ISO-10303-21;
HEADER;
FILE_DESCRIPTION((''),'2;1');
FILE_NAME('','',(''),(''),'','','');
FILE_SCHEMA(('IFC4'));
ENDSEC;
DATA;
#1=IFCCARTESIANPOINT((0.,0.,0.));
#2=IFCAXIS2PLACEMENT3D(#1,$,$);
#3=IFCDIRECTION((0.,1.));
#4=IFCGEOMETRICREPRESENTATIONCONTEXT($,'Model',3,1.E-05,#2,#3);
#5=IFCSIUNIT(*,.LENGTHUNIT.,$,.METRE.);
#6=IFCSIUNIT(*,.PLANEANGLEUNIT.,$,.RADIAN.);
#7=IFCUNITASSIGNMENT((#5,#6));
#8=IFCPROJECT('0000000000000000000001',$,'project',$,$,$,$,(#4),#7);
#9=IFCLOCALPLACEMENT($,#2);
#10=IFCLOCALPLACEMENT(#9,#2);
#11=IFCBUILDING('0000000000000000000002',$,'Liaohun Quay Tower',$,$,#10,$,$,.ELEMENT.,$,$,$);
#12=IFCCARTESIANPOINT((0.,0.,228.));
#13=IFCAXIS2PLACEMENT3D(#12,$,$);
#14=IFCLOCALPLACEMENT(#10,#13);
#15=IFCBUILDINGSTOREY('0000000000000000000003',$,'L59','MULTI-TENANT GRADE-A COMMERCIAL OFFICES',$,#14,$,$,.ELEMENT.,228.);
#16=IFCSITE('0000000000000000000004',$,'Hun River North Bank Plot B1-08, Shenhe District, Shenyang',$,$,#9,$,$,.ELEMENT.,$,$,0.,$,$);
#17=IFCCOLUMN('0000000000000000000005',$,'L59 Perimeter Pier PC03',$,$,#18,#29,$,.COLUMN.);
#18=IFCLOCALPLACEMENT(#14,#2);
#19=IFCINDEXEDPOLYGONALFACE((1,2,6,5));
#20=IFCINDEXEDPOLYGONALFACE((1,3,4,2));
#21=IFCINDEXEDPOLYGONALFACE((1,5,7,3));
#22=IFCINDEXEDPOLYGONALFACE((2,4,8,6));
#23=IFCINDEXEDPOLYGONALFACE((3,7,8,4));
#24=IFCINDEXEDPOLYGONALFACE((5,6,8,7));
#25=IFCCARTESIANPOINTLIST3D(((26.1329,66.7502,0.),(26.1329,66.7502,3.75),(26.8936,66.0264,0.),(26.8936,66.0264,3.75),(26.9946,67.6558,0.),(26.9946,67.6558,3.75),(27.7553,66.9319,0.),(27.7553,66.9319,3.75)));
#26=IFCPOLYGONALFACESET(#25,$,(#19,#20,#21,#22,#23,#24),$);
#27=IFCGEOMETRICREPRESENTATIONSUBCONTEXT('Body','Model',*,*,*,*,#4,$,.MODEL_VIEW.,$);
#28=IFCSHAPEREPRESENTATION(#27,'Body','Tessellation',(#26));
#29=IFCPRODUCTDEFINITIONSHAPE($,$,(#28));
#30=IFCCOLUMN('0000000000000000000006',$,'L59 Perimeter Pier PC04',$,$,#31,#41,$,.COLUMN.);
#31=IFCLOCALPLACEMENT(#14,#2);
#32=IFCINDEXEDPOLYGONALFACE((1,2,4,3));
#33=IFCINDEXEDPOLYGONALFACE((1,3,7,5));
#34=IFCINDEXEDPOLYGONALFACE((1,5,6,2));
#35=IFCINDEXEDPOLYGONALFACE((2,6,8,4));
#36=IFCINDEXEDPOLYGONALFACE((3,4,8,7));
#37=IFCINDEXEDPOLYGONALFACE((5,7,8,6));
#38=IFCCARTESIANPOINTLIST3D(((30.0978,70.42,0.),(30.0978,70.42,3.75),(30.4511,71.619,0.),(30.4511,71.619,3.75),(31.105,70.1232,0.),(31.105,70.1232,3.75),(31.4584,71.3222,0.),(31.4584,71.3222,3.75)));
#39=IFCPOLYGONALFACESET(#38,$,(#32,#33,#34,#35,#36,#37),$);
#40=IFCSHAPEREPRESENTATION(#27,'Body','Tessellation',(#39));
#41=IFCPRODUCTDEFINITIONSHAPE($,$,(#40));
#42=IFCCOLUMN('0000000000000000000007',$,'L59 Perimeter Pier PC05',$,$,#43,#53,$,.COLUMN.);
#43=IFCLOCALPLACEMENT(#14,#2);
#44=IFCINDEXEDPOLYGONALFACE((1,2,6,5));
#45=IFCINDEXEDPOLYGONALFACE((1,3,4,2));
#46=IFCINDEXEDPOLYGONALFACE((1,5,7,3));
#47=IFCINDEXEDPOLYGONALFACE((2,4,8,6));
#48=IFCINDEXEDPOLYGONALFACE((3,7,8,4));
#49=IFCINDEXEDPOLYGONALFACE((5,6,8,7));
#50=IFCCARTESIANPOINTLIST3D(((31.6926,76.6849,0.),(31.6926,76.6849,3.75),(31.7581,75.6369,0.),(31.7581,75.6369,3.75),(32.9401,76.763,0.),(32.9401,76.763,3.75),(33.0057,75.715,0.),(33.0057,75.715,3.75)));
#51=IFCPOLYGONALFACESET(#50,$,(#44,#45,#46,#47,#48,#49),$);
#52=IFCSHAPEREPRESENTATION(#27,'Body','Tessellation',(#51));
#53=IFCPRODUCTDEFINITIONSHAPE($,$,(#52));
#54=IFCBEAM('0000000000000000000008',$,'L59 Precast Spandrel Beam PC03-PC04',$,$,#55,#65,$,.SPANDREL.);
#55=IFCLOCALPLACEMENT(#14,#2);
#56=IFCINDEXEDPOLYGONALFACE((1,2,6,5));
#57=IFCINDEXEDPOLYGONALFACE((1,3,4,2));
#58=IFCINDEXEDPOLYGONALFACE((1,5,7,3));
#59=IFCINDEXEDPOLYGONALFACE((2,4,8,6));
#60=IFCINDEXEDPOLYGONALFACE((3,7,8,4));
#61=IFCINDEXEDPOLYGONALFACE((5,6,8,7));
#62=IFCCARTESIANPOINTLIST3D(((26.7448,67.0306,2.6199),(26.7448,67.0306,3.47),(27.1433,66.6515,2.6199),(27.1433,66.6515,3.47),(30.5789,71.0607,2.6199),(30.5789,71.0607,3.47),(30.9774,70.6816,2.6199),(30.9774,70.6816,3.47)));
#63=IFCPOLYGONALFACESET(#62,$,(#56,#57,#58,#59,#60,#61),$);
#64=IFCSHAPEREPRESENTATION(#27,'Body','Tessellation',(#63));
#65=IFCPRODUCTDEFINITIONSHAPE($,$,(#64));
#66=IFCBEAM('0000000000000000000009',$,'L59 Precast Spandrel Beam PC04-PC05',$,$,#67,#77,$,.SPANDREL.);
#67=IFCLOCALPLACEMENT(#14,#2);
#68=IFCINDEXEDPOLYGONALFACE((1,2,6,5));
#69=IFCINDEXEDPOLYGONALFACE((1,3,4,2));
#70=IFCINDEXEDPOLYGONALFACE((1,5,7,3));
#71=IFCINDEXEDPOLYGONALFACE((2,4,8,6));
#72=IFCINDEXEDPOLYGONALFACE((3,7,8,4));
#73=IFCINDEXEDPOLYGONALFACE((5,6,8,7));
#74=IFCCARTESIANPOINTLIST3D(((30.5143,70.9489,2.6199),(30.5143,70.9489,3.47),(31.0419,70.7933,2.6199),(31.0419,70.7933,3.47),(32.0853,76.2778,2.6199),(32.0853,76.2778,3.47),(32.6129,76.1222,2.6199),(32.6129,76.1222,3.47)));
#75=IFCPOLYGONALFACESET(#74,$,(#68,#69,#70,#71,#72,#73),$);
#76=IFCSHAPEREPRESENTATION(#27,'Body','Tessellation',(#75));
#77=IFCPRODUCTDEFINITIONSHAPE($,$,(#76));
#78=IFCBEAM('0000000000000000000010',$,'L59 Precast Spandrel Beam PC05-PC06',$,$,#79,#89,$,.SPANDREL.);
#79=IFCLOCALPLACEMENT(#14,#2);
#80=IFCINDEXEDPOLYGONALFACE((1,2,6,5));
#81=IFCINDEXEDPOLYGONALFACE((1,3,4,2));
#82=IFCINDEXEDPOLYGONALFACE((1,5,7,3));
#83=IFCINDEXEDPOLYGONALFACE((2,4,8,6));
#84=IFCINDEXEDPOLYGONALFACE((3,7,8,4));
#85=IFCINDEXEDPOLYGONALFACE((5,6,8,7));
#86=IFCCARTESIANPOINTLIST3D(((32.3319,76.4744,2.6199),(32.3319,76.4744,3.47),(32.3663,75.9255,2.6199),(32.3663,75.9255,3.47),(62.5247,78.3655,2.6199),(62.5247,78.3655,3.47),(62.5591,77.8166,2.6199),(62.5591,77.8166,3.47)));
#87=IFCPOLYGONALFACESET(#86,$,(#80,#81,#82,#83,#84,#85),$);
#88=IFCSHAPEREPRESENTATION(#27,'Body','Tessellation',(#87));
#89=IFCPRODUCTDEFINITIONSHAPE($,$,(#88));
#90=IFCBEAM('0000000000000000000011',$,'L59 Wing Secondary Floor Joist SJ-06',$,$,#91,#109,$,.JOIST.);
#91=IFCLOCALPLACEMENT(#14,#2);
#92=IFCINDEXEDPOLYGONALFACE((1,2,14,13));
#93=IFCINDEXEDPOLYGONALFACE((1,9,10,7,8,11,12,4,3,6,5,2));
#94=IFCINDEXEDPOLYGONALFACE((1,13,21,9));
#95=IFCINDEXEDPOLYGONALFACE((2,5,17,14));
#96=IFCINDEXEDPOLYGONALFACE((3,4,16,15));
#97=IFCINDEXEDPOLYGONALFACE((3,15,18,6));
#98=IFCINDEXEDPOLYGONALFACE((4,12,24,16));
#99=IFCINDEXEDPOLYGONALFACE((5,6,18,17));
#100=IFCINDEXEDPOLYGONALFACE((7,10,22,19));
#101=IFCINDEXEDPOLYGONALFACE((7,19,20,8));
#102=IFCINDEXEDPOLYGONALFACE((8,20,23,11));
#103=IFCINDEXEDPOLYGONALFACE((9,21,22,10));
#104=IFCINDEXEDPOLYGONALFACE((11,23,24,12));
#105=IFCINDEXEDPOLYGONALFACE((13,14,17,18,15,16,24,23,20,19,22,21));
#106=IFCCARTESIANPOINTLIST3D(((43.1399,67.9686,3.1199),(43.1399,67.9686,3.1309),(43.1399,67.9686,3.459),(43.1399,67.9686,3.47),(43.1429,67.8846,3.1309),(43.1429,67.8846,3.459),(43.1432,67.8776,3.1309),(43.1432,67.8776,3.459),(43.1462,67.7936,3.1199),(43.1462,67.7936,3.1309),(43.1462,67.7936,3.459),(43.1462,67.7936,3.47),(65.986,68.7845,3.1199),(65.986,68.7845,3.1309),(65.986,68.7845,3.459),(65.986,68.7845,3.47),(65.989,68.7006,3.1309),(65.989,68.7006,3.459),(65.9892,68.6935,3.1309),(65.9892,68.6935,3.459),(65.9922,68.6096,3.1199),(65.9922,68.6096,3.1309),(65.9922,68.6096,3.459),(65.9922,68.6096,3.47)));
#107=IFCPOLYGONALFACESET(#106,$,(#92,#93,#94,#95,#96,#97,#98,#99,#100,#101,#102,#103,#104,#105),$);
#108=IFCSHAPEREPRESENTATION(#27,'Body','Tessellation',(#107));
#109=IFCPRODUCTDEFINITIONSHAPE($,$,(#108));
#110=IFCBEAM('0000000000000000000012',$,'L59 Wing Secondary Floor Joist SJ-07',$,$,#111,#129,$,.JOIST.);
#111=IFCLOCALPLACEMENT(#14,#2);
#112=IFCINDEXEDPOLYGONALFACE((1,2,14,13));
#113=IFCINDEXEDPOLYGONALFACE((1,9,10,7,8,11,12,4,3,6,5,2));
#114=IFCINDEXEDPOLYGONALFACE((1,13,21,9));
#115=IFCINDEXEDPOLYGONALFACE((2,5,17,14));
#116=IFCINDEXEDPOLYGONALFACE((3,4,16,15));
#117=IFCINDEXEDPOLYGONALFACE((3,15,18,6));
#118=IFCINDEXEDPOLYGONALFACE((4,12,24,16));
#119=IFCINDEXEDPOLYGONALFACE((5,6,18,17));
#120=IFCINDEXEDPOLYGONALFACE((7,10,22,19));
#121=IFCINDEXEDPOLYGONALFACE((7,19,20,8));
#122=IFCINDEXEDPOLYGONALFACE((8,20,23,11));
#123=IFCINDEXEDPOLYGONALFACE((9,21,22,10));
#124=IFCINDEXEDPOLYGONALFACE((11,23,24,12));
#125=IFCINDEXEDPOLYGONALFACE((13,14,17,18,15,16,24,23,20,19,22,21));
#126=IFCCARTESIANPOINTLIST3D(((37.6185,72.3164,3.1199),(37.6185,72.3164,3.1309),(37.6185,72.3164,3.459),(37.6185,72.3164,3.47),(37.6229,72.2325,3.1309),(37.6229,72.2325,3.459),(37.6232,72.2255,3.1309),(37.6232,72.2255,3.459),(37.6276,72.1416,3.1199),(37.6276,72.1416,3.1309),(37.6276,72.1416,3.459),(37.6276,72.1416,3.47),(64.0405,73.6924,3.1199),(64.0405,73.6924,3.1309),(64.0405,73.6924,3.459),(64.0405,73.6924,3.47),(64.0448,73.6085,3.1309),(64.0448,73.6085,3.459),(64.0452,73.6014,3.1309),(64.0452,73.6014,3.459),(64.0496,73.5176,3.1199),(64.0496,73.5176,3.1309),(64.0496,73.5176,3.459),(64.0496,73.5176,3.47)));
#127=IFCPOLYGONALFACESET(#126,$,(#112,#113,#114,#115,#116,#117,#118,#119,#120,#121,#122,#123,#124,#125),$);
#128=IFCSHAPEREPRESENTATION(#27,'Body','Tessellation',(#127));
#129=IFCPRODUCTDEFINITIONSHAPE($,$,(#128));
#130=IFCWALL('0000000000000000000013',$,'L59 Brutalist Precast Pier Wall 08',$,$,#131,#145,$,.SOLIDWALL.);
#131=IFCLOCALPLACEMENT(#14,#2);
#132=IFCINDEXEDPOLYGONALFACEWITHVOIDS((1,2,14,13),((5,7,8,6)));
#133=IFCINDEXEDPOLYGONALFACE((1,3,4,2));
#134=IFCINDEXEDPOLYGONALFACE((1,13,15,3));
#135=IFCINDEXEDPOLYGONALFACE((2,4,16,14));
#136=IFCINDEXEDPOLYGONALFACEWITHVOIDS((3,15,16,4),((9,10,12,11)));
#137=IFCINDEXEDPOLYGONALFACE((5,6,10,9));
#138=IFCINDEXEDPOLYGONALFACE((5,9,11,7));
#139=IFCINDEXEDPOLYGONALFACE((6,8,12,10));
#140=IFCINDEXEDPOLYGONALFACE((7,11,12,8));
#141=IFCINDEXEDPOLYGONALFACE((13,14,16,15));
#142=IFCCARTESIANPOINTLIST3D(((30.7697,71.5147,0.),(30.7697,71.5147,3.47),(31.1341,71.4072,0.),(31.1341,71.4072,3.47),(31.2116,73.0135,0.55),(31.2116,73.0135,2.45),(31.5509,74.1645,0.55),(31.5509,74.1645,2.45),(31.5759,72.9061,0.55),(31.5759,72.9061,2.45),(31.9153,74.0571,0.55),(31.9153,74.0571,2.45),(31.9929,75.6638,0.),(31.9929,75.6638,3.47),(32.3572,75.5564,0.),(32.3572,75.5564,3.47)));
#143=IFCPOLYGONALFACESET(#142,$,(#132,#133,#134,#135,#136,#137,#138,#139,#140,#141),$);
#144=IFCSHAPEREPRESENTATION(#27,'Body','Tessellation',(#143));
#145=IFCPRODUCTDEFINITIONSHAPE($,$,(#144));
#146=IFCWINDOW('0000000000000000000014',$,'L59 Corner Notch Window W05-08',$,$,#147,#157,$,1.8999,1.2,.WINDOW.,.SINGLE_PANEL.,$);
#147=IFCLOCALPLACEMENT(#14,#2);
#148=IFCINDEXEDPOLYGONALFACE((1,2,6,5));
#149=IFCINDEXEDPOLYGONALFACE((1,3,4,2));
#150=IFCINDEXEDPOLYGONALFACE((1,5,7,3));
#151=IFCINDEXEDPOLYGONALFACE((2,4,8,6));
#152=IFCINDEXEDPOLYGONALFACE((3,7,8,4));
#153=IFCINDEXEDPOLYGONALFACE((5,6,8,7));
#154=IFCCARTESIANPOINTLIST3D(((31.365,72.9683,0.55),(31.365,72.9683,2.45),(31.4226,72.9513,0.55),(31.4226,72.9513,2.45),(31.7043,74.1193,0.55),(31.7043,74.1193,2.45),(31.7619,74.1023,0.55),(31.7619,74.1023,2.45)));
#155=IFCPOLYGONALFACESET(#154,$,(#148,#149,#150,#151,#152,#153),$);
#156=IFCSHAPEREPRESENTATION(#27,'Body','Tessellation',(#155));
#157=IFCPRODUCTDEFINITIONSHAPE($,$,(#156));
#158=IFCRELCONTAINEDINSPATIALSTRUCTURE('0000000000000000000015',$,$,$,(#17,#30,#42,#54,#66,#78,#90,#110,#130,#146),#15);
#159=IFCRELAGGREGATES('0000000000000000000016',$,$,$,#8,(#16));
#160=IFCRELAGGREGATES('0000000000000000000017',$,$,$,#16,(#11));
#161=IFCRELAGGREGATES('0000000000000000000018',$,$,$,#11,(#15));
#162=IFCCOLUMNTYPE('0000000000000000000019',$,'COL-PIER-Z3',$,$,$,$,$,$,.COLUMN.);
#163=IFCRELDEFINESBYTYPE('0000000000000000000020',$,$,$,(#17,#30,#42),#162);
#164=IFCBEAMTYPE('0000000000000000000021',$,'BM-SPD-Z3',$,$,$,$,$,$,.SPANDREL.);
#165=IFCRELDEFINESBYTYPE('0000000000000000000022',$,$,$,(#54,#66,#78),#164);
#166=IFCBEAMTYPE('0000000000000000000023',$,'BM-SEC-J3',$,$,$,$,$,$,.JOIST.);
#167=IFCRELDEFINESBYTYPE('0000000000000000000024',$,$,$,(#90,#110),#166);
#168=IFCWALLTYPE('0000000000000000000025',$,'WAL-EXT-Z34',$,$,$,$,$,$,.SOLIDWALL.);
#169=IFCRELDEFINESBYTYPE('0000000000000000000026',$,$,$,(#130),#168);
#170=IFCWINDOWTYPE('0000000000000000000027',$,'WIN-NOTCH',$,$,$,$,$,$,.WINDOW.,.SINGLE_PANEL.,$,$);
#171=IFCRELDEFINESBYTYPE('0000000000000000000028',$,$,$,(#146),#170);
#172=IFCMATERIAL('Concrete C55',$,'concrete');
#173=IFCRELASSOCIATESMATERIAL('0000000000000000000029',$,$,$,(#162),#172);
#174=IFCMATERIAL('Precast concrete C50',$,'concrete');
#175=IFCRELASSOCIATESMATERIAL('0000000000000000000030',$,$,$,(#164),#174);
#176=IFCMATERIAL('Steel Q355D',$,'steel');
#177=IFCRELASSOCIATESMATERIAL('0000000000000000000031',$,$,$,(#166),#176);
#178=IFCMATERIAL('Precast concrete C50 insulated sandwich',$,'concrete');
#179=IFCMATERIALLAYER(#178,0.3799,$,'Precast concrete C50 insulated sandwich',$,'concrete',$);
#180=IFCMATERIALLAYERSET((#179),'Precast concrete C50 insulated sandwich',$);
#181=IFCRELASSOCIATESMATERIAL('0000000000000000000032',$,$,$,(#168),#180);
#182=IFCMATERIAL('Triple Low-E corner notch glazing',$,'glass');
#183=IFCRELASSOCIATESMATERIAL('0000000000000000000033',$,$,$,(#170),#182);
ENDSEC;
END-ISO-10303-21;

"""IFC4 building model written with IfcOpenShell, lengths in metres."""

from ifc_helpers import new_model, si_unit, direction, frame, frame_2d, origin, origin_2d, place, context, subcontext, project, spatial, rectangle, i_section, extrude, source, transform, mapped, material, layer, layer_set, material_profile, profile_set, type_object, element, fill, save


model = new_model("IFC4")

# Units and contexts
model_context = context("Model", 3, precision=1e-05, world=origin(), true_north=direction((0.0, 1.0)))
body_context = subcontext(model_context, "Body", "Model", "MODEL_VIEW")
ifc_project = project(units=[si_unit("LENGTHUNIT", "METRE"), si_unit("PLANEANGLEUNIT", "RADIAN")], contexts=[model_context])

# Site, building, storey
site_placement = place(None, origin())
site = spatial("IfcSite", under=ifc_project, at=site_placement, Name="Hun River North Bank Plot B1-08, Shenhe District, Shenyang", CompositionType="ELEMENT", RefElevation=0.0)
building_placement = place(site_placement, origin())
building = spatial("IfcBuilding", under=site, at=building_placement, Name="Liaohun Quay Tower", CompositionType="ELEMENT")
storey_placement = place(building_placement, frame((0.0, 0.0, 228.0)))
storey = spatial("IfcBuildingStorey", under=building, at=storey_placement, Name="L59", Description="MULTI-TENANT GRADE-A COMMERCIAL OFFICES", CompositionType="ELEMENT", Elevation=228.0)

# Columns
ifc_material_1 = material(Name="Concrete C55", Category="concrete")
ifc_material_profile_1 = material_profile(ifc_material_1, rectangle(XDim=1.25, YDim=1.05, at=origin_2d()), Name="RC1250x1050")
ifc_profile_set_1 = profile_set([ifc_material_profile_1], Name="Concrete C55")
column_type = type_object("IfcColumnType", Name="COL-PIER-Z3", PredefinedType="COLUMN", material=ifc_profile_set_1)
shared_shape_1 = source(origin(), body_context, "Body", "SweptSolid", [
    extrude(rectangle(XDim=1.25, YDim=1.05, at=origin_2d()), origin(), (0.0, 0.0, 1.0), 3.75),
])
for number, where, z_axis, x_axis, name in (
    (1, (26.9441, 66.8411, 0.0), (0.0, 0.0, 1.0), (0.689367, 0.724413, 0.0), "L59 Perimeter Pier PC03"),
    (2, (30.7781, 70.8711, 0.0), (0.0, 0.0, 1.0), (0.282676, 0.959215, 0.0), "L59 Perimeter Pier PC04"),
    (3, (32.3491, 76.2, 0.0), (0.0, 0.0, 1.0), (0.998049, 0.062442, 0.0), "L59 Perimeter Pier PC05"),
):
    element("IfcColumn", number, at=place(storey_placement, frame(where, z_axis=z_axis, x_axis=x_axis)), inside=storey, type_object=column_type, Name=name, PredefinedType="COLUMN", context=body_context, shape_type="MappedRepresentation", body=[
        mapped(shared_shape_1, transform((0.0, 0.0, 0.0), x_axis=(1.0, 0.0, 0.0), y_axis=(0.0, 1.0, 0.0), z_axis=(0.0, 0.0, 1.0), scale=1.0)),
    ])

# Beams
ifc_material_2 = material(Name="Precast concrete C50", Category="concrete")
ifc_material_profile_2 = material_profile(ifc_material_2, rectangle(XDim=0.55, YDim=0.8501, at=origin_2d()), Name="RC550x850")
ifc_profile_set_2 = profile_set([ifc_material_profile_2], Name="Precast concrete C50")
beam_type_1 = type_object("IfcBeamType", Name="BM-SPD-Z3", PredefinedType="SPANDREL", material=ifc_profile_set_2)
shared_shape_2 = source(origin(), body_context, "Body", "SweptSolid", [
    extrude(rectangle(XDim=0.55, YDim=0.8501, at=origin_2d()), origin(), (0.0, 0.0, 1.0), 5.5625),
])
beam_1_placement = place(storey_placement, frame((26.9441, 66.8411, 3.0449), z_axis=(0.689265, 0.724509, 0.0), x_axis=(-0.724509, 0.689265, 0.0)))
element("IfcBeam", 4, at=beam_1_placement, inside=storey, type_object=beam_type_1, Name="L59 Precast Spandrel Beam PC03-PC04", PredefinedType="SPANDREL", context=body_context, shape_type="MappedRepresentation", body=[
    mapped(shared_shape_2, transform((0.0, 0.0, 0.0), x_axis=(1.0, 0.0, 0.0), y_axis=(0.0, 1.0, 0.0), z_axis=(0.0, 0.0, 1.0), scale=1.0)),
])
shared_shape_3 = source(origin(), body_context, "Body", "SweptSolid", [
    extrude(rectangle(XDim=0.55, YDim=0.8501, at=origin_2d()), origin(), (0.0, 0.0, 1.0), 5.5557),
])
beam_2_placement = place(storey_placement, frame((30.7781, 70.8711, 3.0449), z_axis=(0.282785, 0.959183, 0.0), x_axis=(-0.959183, 0.282785, 0.0)))
element("IfcBeam", 5, at=beam_2_placement, inside=storey, type_object=beam_type_1, Name="L59 Precast Spandrel Beam PC04-PC05", PredefinedType="SPANDREL", context=body_context, shape_type="MappedRepresentation", body=[
    mapped(shared_shape_3, transform((0.0, 0.0, 0.0), x_axis=(1.0, 0.0, 0.0), y_axis=(0.0, 1.0, 0.0), z_axis=(0.0, 0.0, 1.0), scale=1.0)),
])
shared_shape_4 = source(origin(), body_context, "Body", "SweptSolid", [
    extrude(rectangle(XDim=0.55, YDim=0.8501, at=origin_2d()), origin(), (0.0, 0.0, 1.0), 30.252),
])
beam_3_placement = place(storey_placement, frame((32.3491, 76.2, 3.0449), z_axis=(0.998044, 0.062512, 0.0), x_axis=(-0.062512, 0.998044, 0.0)))
element("IfcBeam", 6, at=beam_3_placement, inside=storey, type_object=beam_type_1, Name="L59 Precast Spandrel Beam PC05-PC06", PredefinedType="SPANDREL", context=body_context, shape_type="MappedRepresentation", body=[
    mapped(shared_shape_4, transform((0.0, 0.0, 0.0), x_axis=(1.0, 0.0, 0.0), y_axis=(0.0, 1.0, 0.0), z_axis=(0.0, 0.0, 1.0), scale=1.0)),
])
ifc_material_3 = material(Name="Steel Q355D", Category="steel")
ifc_material_profile_3 = material_profile(ifc_material_3, i_section(OverallWidth=0.175, OverallDepth=0.3501, WebThickness=0.0071, FlangeThickness=0.011, at=origin_2d()), Name="HN350x175x7x11")
ifc_profile_set_3 = profile_set([ifc_material_profile_3], Name="Steel Q355D")
beam_type_2 = type_object("IfcBeamType", Name="BM-SEC-J3", PredefinedType="JOIST", material=ifc_profile_set_3)
shared_shape_5 = source(origin(), body_context, "Body", "SweptSolid", [
    extrude(i_section(OverallWidth=0.175, OverallDepth=0.3501, WebThickness=0.0071, FlangeThickness=0.011, at=origin_2d()), origin(), (0.0, 0.0, 1.0), 22.8606),
])
beam_4_placement = place(storey_placement, frame((43.1431, 67.8811, 3.2949), z_axis=(0.999363, 0.035691, 0.0), x_axis=(-0.035691, 0.999363, 0.0)))
element("IfcBeam", 7, at=beam_4_placement, inside=storey, type_object=beam_type_2, Name="L59 Wing Secondary Floor Joist SJ-06", PredefinedType="JOIST", context=body_context, shape_type="MappedRepresentation", body=[
    mapped(shared_shape_5, transform((0.0, 0.0, 0.0), x_axis=(1.0, 0.0, 0.0), y_axis=(0.0, 1.0, 0.0), z_axis=(0.0, 0.0, 1.0), scale=1.0)),
])
shared_shape_6 = source(origin(), body_context, "Body", "SweptSolid", [
    extrude(i_section(OverallWidth=0.175, OverallDepth=0.3501, WebThickness=0.0071, FlangeThickness=0.011, at=origin_2d()), origin(), (0.0, 0.0, 1.0), 26.4578),
])
beam_5_placement = place(storey_placement, frame((37.623, 72.229, 3.2949), z_axis=(0.998647, 0.052007, 0.0), x_axis=(-0.052007, 0.998647, 0.0)))
element("IfcBeam", 8, at=beam_5_placement, inside=storey, type_object=beam_type_2, Name="L59 Wing Secondary Floor Joist SJ-07", PredefinedType="JOIST", context=body_context, shape_type="MappedRepresentation", body=[
    mapped(shared_shape_6, transform((0.0, 0.0, 0.0), x_axis=(1.0, 0.0, 0.0), y_axis=(0.0, 1.0, 0.0), z_axis=(0.0, 0.0, 1.0), scale=1.0)),
])

# Wall, opening, window
ifc_material_4 = material(Name="Precast concrete C50 insulated sandwich", Category="concrete")
ifc_layer_1 = layer(ifc_material_4, 0.3799, Name="Precast concrete C50 insulated sandwich", Category="concrete")
ifc_layer_set_1 = layer_set([ifc_layer_1], Name="Precast concrete C50 insulated sandwich")
wall_type_1 = type_object("IfcWallType", Name="WAL-EXT-Z34", PredefinedType="SOLIDWALL", material=ifc_layer_set_1)
wall_1_placement = place(storey_placement, frame((32.175, 75.6101, 0.0), z_axis=(0.0, 0.0, 1.0), x_axis=(-0.282762, -0.95919, 0.0)))
wall_1 = element("IfcWall", 9, at=wall_1_placement, inside=storey, type_object=wall_type_1, Name="L59 Brutalist Precast Pier Wall 08", PredefinedType="SOLIDWALL", context=body_context, shape_type="SweptSolid", body=[
    extrude(rectangle(XDim=4.3257, YDim=0.3799, at=frame_2d((2.1628, 0.0))), origin(), (0.0, 0.0, 1.0), 3.47),
])
shared_shape_7 = source(origin(), body_context, "Body", "SweptSolid", [
    extrude(rectangle(XDim=1.2, YDim=1.8999, at=frame_2d((0.6001, 0.95))), frame((0.0, 0.2, 0.0), z_axis=(0.0, -1.0, 0.0), x_axis=(1.0, 0.0, 0.0)), (0.0, 0.0, 1.0), 0.3999),
])
opening_1_placement = place(wall_1_placement, frame((1.563, 0.0, 0.55)))
opening_1 = element("IfcOpeningElement", 10, at=opening_1_placement, cuts=wall_1, PredefinedType="OPENING", context=body_context, shape_type="MappedRepresentation", body=[
    mapped(shared_shape_7, transform((0.0, 0.0, 0.0), x_axis=(1.0, 0.0, 0.0), y_axis=(0.0, 1.0, 0.0), z_axis=(0.0, 0.0, 1.0), scale=1.0)),
])
ifc_material_5 = material(Name="Triple Low-E corner notch glazing", Category="glass")
window_type_1 = type_object("IfcWindowType", Name="WIN-NOTCH", PartitioningType="SINGLE_PANEL", PredefinedType="WINDOW", material=ifc_material_5)
shared_shape_8 = source(origin(), body_context, "Body", "SweptSolid", [
    extrude(rectangle(XDim=1.2, YDim=1.8999, at=frame_2d((0.6001, 0.95))), frame((0.0, 0.03, 0.0), z_axis=(0.0, -1.0, 0.0), x_axis=(1.0, 0.0, 0.0)), (0.0, 0.0, 1.0), 0.0601),
])
window_1_placement = place(opening_1_placement, origin())
window_1 = element("IfcWindow", 11, at=window_1_placement, inside=storey, type_object=window_type_1, Name="L59 Corner Notch Window W05-08", OverallHeight=1.8999, OverallWidth=1.2, PartitioningType="SINGLE_PANEL", PredefinedType="WINDOW", context=body_context, shape_type="MappedRepresentation", body=[
    mapped(shared_shape_8, transform((0.0, 0.0, 0.0), x_axis=(1.0, 0.0, 0.0), y_axis=(0.0, 1.0, 0.0), z_axis=(0.0, 0.0, 1.0), scale=1.0)),
])
fill(opening_1, window_1)

save(model, "model.ifc")
